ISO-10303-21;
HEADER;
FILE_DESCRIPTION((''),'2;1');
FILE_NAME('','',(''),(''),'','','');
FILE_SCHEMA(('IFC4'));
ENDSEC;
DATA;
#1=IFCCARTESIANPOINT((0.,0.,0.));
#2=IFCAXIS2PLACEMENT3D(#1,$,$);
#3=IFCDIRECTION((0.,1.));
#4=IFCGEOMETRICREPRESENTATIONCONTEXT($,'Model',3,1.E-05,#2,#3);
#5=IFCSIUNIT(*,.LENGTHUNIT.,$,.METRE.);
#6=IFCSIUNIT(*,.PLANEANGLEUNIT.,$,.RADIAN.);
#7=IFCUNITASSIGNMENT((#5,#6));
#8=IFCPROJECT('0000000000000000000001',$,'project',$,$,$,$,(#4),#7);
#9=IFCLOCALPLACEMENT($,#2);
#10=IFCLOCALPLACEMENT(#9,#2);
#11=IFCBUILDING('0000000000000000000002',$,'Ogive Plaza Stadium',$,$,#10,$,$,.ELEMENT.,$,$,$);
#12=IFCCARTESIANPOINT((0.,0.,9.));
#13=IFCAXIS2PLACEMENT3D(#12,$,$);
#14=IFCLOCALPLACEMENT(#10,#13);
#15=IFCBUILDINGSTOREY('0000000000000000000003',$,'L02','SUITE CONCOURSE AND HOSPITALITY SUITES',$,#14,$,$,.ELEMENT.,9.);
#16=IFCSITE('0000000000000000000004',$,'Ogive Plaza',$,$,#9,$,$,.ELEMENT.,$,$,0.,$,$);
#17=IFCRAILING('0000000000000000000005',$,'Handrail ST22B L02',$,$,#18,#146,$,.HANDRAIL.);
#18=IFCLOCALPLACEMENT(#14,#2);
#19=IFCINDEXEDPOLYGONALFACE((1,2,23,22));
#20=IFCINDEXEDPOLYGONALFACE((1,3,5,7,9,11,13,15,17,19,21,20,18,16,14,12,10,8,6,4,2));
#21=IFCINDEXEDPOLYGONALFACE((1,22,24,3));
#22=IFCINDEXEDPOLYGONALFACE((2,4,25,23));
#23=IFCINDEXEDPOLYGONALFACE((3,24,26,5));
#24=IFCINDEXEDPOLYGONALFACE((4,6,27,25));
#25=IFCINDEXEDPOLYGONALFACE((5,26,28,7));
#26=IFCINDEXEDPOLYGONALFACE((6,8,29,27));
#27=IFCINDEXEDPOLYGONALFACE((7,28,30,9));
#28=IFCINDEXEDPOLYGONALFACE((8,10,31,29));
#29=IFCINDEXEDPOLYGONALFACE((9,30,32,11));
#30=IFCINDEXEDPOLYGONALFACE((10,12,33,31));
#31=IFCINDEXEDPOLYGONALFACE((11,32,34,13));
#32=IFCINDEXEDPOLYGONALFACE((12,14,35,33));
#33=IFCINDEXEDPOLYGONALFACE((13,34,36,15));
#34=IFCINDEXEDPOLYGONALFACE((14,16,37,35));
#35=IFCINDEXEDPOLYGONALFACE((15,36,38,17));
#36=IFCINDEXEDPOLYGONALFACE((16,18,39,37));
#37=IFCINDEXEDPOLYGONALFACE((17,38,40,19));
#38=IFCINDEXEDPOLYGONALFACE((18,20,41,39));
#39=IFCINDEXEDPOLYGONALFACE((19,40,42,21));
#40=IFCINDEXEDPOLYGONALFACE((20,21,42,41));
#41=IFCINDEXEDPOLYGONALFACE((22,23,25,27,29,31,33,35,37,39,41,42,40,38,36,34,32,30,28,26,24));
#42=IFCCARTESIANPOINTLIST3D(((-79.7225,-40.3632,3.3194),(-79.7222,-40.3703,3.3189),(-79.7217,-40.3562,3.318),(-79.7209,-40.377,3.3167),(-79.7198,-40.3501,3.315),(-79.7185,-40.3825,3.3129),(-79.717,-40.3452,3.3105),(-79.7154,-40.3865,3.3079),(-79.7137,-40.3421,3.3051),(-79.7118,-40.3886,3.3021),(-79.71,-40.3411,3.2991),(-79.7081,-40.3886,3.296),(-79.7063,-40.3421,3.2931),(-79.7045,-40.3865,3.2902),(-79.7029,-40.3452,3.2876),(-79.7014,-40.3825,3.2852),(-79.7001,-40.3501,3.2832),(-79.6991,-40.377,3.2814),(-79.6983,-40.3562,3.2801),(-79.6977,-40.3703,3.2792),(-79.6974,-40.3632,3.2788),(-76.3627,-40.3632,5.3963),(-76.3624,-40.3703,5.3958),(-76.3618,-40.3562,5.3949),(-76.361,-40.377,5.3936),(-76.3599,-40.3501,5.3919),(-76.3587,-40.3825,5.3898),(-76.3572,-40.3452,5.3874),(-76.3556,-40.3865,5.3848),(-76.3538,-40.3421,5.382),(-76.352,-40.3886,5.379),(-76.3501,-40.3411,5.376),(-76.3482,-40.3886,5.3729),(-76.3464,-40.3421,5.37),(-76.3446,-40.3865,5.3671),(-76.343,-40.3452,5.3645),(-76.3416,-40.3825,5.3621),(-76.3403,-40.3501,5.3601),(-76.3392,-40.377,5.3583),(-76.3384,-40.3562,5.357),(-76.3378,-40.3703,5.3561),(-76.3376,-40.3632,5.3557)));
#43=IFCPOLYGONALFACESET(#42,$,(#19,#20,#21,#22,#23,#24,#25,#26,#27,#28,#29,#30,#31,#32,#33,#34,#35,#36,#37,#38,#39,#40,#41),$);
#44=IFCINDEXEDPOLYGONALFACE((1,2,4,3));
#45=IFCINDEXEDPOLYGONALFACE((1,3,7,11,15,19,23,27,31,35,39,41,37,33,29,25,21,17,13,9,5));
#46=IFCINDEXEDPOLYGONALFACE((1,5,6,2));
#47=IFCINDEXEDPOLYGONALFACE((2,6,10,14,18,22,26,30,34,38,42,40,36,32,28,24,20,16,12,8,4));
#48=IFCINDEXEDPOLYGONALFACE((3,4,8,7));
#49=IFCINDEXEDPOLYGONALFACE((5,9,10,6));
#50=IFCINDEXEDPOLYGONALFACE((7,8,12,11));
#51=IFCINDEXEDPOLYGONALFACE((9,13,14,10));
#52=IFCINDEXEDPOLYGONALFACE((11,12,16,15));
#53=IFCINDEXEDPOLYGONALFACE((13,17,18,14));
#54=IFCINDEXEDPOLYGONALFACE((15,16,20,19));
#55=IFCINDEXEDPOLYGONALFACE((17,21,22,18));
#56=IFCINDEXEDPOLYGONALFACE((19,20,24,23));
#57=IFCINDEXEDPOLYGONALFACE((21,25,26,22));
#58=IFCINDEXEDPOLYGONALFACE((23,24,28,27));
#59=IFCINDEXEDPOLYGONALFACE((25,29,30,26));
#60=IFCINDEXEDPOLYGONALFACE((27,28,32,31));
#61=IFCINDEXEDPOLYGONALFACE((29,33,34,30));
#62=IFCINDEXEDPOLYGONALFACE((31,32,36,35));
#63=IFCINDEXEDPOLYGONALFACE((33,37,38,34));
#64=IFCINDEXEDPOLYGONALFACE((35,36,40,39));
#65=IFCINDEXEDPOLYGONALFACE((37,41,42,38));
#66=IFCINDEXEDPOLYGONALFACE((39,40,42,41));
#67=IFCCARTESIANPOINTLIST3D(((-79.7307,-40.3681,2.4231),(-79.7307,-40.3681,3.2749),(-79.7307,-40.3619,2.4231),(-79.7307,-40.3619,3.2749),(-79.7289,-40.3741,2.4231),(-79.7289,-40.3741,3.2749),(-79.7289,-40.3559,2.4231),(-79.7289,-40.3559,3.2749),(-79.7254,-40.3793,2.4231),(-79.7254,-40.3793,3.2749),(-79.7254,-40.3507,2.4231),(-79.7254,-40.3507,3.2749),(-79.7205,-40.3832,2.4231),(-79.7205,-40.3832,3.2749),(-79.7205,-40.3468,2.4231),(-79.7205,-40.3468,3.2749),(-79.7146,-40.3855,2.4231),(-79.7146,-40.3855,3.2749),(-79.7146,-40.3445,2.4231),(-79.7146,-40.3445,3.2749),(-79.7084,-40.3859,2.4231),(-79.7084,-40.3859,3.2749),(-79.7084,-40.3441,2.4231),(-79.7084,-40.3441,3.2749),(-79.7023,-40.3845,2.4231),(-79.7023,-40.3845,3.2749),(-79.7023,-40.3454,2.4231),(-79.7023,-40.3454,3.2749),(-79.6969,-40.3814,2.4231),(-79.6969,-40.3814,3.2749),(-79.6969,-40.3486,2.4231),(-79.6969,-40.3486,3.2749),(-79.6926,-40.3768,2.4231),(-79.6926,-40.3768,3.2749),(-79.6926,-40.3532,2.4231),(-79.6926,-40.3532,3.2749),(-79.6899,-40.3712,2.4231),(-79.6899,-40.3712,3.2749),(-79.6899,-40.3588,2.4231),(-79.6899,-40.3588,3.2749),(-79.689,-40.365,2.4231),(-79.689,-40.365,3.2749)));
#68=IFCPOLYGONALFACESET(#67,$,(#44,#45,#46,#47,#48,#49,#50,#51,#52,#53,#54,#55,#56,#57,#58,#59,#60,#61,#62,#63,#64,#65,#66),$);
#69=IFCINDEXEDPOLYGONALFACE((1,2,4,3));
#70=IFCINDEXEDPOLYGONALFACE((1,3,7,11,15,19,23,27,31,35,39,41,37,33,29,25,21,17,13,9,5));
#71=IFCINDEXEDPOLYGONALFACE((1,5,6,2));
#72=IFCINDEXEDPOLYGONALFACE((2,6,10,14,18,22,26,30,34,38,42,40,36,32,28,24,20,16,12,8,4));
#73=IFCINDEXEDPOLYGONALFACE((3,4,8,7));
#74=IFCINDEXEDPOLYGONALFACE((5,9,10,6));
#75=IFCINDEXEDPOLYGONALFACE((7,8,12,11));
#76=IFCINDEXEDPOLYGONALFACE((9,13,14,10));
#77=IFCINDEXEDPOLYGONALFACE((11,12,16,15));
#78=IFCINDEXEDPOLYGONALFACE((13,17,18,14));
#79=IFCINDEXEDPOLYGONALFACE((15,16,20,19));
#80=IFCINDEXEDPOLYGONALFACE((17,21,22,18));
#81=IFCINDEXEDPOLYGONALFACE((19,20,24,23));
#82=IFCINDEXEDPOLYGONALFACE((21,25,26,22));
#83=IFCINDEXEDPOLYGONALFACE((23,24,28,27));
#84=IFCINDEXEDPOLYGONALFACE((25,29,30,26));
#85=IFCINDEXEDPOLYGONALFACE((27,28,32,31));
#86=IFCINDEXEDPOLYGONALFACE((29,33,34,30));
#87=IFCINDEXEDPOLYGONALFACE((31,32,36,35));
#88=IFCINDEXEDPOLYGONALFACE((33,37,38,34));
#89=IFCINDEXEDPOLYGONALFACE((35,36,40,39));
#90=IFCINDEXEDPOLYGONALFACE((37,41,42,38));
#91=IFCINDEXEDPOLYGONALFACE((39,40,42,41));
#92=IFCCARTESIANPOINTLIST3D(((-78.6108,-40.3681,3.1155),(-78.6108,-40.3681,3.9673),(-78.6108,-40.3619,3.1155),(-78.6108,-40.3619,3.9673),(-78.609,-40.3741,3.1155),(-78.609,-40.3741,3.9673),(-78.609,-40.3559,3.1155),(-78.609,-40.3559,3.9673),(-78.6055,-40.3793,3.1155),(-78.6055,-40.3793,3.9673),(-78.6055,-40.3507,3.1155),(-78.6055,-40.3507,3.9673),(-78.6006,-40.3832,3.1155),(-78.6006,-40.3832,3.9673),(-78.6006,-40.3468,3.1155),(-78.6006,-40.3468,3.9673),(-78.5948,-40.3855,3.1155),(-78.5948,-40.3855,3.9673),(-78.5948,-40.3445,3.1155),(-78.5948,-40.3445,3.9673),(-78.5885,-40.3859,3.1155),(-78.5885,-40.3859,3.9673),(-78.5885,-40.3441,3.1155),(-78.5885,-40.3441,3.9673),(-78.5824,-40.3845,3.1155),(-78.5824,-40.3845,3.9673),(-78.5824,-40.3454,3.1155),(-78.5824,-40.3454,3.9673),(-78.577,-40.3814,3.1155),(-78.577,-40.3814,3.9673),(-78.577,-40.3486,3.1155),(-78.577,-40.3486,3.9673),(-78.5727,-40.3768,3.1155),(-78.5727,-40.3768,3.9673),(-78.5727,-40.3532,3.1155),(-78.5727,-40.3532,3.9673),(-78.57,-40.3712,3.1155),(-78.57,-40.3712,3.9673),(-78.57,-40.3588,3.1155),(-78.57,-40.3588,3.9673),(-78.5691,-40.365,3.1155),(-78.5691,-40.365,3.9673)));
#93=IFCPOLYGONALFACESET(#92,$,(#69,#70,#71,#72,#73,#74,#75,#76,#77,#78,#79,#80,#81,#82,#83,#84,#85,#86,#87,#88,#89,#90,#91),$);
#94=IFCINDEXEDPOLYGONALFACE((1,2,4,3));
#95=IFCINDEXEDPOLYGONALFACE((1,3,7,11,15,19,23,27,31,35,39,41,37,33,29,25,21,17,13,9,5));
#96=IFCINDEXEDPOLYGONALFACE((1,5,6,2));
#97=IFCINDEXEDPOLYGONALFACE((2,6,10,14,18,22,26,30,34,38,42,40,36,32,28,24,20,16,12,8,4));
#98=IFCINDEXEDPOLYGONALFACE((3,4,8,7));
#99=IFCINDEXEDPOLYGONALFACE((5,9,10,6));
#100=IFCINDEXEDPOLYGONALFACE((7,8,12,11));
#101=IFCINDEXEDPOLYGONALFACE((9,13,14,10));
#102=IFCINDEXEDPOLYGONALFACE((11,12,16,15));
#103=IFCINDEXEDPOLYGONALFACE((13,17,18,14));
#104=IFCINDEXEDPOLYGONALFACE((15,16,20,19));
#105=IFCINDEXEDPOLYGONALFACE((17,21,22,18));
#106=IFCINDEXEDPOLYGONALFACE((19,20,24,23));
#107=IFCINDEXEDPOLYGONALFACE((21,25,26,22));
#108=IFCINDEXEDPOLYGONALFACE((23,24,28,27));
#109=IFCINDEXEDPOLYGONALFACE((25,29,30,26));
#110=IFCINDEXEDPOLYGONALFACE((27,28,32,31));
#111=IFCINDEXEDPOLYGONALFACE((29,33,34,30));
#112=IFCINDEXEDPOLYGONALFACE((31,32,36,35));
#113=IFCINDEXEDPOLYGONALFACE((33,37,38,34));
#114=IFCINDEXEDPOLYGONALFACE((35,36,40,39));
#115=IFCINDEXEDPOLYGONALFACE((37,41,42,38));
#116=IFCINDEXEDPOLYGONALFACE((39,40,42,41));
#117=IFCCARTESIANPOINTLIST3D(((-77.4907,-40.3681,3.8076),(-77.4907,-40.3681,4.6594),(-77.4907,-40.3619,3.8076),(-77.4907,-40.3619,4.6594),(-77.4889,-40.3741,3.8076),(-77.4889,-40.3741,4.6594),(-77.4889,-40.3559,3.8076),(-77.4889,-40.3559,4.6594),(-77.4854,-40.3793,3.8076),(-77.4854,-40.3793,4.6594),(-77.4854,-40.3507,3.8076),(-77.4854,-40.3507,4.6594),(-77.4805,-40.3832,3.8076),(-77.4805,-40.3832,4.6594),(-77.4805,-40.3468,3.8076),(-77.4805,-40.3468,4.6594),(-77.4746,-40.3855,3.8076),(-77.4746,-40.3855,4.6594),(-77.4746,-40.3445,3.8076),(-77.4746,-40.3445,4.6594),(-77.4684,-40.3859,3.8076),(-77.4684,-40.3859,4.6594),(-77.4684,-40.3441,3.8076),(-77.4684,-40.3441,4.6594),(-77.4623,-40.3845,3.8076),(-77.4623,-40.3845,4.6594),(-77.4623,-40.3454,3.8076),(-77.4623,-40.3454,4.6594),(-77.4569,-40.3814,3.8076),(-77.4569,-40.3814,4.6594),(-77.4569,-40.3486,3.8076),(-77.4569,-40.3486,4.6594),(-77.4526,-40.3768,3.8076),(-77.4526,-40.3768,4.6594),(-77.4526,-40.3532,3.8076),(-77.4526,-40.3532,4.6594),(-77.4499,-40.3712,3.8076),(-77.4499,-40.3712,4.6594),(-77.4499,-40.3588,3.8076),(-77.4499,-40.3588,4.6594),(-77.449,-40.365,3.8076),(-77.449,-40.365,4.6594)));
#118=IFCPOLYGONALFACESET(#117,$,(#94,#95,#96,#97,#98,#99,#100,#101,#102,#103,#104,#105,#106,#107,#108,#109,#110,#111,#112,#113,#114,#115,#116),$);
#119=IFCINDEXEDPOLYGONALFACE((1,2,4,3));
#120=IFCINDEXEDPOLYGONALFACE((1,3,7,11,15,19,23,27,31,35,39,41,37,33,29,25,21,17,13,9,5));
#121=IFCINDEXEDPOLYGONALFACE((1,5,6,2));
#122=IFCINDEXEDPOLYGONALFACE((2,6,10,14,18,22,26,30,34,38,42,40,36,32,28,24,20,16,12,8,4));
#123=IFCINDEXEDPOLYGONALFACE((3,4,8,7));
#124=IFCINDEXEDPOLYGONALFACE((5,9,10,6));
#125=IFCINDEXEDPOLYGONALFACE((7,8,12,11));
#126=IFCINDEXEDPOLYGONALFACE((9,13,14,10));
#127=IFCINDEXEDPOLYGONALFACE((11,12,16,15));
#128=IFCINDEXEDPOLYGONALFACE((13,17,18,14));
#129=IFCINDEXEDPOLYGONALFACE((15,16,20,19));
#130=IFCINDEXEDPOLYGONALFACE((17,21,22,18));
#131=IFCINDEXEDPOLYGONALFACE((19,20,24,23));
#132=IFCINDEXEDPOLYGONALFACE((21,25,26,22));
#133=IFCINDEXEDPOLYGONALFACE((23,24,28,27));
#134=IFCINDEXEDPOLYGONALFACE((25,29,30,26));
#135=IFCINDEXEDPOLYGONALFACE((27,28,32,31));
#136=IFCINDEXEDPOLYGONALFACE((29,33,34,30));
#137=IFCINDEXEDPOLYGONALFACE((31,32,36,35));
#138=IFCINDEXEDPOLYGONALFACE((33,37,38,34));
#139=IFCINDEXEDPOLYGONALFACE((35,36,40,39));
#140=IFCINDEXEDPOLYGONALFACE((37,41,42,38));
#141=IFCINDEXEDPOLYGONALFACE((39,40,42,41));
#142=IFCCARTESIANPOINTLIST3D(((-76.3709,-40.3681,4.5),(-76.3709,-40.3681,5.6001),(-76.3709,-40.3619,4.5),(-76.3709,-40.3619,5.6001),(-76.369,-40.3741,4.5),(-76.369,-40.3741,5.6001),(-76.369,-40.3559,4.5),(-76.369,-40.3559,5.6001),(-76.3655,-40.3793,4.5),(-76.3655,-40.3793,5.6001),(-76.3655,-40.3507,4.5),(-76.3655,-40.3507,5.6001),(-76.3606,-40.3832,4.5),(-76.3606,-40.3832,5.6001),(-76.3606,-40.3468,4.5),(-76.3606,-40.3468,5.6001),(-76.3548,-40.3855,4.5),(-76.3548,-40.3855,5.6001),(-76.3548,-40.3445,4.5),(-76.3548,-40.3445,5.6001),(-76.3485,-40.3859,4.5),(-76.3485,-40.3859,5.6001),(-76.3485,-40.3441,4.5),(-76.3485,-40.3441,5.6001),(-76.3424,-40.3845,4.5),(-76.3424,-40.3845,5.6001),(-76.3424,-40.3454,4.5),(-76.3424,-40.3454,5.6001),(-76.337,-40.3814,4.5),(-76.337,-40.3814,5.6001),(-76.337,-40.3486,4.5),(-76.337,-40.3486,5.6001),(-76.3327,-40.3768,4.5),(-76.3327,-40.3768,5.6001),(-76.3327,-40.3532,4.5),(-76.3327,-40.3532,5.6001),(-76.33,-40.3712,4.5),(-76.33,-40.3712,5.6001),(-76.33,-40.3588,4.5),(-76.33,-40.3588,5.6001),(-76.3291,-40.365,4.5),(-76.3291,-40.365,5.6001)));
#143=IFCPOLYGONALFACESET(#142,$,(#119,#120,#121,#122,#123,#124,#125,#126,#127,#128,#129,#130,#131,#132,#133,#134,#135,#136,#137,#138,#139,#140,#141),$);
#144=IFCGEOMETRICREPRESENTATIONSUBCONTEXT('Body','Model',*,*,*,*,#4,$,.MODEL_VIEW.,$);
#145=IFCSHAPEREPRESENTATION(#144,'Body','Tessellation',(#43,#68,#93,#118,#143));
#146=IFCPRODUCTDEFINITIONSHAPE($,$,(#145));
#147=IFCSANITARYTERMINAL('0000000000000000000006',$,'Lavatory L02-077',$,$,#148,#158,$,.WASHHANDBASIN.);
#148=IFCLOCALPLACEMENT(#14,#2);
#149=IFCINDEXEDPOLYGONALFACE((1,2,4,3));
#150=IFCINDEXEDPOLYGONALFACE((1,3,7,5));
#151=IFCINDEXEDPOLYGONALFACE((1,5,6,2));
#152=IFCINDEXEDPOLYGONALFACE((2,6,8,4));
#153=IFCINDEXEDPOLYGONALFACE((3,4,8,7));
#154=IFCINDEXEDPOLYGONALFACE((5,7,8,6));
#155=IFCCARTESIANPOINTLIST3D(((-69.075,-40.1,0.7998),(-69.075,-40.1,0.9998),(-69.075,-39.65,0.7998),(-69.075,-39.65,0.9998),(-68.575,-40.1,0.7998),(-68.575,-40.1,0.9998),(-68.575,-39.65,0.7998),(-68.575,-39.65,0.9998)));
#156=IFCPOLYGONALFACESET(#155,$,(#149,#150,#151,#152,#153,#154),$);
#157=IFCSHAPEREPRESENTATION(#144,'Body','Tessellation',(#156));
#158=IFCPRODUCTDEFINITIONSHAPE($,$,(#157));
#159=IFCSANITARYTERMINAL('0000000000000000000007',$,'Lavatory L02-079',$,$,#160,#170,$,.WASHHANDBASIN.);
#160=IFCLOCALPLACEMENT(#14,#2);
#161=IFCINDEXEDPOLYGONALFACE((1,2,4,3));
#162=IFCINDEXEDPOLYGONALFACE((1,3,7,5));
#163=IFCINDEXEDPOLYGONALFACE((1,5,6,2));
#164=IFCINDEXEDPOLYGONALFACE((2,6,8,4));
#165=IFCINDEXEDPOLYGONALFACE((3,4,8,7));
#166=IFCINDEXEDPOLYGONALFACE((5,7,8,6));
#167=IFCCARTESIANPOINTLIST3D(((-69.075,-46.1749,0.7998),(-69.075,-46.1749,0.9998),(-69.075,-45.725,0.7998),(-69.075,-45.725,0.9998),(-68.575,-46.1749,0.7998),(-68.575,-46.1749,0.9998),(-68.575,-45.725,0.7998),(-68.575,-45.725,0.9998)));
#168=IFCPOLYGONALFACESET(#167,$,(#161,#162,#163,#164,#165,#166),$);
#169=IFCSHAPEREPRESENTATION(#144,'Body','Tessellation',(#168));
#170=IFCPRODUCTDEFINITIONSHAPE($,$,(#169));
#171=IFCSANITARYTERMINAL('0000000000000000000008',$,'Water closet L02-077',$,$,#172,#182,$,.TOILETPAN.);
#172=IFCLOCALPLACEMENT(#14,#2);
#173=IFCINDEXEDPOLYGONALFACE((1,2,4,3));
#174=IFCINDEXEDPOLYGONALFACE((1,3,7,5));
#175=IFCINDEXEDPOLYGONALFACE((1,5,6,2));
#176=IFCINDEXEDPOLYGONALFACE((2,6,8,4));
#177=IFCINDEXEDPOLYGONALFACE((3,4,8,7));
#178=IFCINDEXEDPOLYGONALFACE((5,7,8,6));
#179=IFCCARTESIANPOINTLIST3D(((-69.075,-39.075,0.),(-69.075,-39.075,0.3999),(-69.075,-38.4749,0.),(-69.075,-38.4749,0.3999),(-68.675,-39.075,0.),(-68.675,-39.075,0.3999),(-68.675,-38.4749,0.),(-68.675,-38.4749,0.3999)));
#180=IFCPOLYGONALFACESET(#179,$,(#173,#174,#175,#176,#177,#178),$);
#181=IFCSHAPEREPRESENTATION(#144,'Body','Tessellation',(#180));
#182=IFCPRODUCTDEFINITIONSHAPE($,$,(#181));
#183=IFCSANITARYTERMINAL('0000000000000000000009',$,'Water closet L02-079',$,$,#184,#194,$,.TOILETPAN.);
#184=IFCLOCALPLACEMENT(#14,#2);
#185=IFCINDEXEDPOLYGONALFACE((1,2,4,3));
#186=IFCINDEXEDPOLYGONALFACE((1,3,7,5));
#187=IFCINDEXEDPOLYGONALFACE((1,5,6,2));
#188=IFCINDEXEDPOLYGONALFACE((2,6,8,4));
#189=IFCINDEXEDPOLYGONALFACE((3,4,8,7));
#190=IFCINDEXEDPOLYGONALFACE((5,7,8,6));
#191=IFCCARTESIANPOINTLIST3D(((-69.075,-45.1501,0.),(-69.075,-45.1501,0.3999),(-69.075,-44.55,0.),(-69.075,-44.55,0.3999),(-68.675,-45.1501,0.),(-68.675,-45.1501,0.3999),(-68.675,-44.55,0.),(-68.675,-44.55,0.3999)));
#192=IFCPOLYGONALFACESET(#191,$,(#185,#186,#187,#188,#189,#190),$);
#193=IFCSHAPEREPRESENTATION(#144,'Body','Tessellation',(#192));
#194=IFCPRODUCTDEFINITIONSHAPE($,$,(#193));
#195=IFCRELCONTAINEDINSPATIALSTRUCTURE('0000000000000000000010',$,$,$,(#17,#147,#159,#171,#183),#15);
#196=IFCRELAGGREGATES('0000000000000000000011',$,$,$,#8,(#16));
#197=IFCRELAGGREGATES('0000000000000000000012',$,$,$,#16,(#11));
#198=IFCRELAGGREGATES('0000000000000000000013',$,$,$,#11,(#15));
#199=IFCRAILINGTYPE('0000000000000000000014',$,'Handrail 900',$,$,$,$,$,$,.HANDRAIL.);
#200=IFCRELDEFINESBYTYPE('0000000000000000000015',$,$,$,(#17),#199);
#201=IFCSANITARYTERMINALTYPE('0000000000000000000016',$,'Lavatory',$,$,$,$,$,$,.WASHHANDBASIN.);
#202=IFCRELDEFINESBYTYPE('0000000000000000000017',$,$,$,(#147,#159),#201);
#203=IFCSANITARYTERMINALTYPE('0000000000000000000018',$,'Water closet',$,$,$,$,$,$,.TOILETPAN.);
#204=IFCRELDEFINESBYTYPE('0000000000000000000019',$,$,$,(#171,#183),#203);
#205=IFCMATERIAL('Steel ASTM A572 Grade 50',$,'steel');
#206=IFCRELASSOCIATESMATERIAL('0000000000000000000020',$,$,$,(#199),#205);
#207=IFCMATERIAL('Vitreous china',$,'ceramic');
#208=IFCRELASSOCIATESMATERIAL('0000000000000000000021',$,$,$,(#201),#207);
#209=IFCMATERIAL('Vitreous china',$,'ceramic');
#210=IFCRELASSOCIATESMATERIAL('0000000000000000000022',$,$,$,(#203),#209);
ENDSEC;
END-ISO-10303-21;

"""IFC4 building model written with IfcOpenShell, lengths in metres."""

from ifc_helpers import new_model, si_unit, direction, frame, origin, origin_2d, place, context, subcontext, project, spatial, rectangle, circle, extrude, material, type_object, element, save


model = new_model("IFC4")

# Units and contexts
model_context = context("Model", 3, precision=1e-05, world=origin(), true_north=direction((0.0, 1.0)))
body_context = subcontext(model_context, "Body", "Model", "MODEL_VIEW")
ifc_project = project(units=[si_unit("LENGTHUNIT", "METRE"), si_unit("PLANEANGLEUNIT", "RADIAN")], contexts=[model_context])

# Site, building, storey
site_placement = place(None, origin())
site = spatial("IfcSite", under=ifc_project, at=site_placement, Name="Ogive Plaza", CompositionType="ELEMENT", RefElevation=0.0)
building_placement = place(site_placement, origin())
building = spatial("IfcBuilding", under=site, at=building_placement, Name="Ogive Plaza Stadium", CompositionType="ELEMENT")
storey_placement = place(building_placement, frame((0.0, 0.0, 9.0)))
storey = spatial("IfcBuildingStorey", under=building, at=storey_placement, Name="L02", Description="SUITE CONCOURSE AND HOSPITALITY SUITES", CompositionType="ELEMENT", Elevation=9.0)

# Railing
ifc_material_1 = material(Name="Steel ASTM A572 Grade 50", Category="steel")
railing_type_1 = type_object("IfcRailingType", Name="Handrail 900", PredefinedType="HANDRAIL", material=ifc_material_1)
railing_placement = place(storey_placement, frame((-79.71, -40.365, 2.4231)))
element("IfcRailing", 1, at=railing_placement, inside=storey, type_object=railing_type_1, Name="Handrail ST22B L02", PredefinedType="HANDRAIL", context=body_context, shape_type="SweptSolid", body=[
    extrude(circle(Radius=0.0239, at=origin_2d()), frame((0.0, 0.0, 0.876), z_axis=(0.850606, 0.0, 0.525803), x_axis=(0.0, 1.0, 0.0)), (0.0, 0.0, 1.0), 3.95),
    extrude(circle(Radius=0.021, at=origin_2d()), origin(), (0.0, 0.0, 1.0), 0.8518),
    extrude(circle(Radius=0.021, at=origin_2d()), frame((1.1199, 0.0, 0.6924)), (0.0, 0.0, 1.0), 0.8518),
    extrude(circle(Radius=0.021, at=origin_2d()), frame((2.24, 0.0, 1.3845)), (0.0, 0.0, 1.0), 0.8518),
    extrude(circle(Radius=0.021, at=origin_2d()), frame((3.3599, 0.0, 2.0769)), (0.0, 0.0, 1.0), 1.1001),
])

# Sanitary terminals
ifc_material_2 = material(Name="Vitreous china", Category="ceramic")
sanitary_terminal_type_1 = type_object("IfcSanitaryTerminalType", Name="Lavatory", PredefinedType="WASHHANDBASIN", material=ifc_material_2)
for number, where, z_axis, x_axis, name in (
    (2, (-68.825, -39.875, 0.7998), (0.0, 0.0, 1.0), (1.0, 0.0, 0.0), "Lavatory L02-077"),
    (3, (-68.825, -45.95, 0.7998), (0.0, 0.0, 1.0), (1.0, 0.0, 0.0), "Lavatory L02-079"),
):
    element("IfcSanitaryTerminal", number, at=place(storey_placement, frame(where, z_axis=z_axis, x_axis=x_axis)), inside=storey, type_object=sanitary_terminal_type_1, Name=name, PredefinedType="WASHHANDBASIN", context=body_context, shape_type="SweptSolid", body=[
        extrude(rectangle(XDim=0.5, YDim=0.45, at=origin_2d()), origin(), (0.0, 0.0, 1.0), 0.2),
    ])
ifc_material_3 = material(Name="Vitreous china", Category="ceramic")
sanitary_terminal_type_2 = type_object("IfcSanitaryTerminalType", Name="Water closet", PredefinedType="TOILETPAN", material=ifc_material_3)
for number, where, z_axis, x_axis, name in (
    (4, (-68.875, -38.7749, 0.0), (0.0, 0.0, 1.0), (1.0, 0.0, 0.0), "Water closet L02-077"),
    (5, (-68.875, -44.8501, 0.0), (0.0, 0.0, 1.0), (1.0, 0.0, 0.0), "Water closet L02-079"),
):
    element("IfcSanitaryTerminal", number, at=place(storey_placement, frame(where, z_axis=z_axis, x_axis=x_axis)), inside=storey, type_object=sanitary_terminal_type_2, Name=name, PredefinedType="TOILETPAN", context=body_context, shape_type="SweptSolid", body=[
        extrude(rectangle(XDim=0.3999, YDim=0.6001, at=origin_2d()), origin(), (0.0, 0.0, 1.0), 0.3999),
    ])

save(model, "model.ifc")
